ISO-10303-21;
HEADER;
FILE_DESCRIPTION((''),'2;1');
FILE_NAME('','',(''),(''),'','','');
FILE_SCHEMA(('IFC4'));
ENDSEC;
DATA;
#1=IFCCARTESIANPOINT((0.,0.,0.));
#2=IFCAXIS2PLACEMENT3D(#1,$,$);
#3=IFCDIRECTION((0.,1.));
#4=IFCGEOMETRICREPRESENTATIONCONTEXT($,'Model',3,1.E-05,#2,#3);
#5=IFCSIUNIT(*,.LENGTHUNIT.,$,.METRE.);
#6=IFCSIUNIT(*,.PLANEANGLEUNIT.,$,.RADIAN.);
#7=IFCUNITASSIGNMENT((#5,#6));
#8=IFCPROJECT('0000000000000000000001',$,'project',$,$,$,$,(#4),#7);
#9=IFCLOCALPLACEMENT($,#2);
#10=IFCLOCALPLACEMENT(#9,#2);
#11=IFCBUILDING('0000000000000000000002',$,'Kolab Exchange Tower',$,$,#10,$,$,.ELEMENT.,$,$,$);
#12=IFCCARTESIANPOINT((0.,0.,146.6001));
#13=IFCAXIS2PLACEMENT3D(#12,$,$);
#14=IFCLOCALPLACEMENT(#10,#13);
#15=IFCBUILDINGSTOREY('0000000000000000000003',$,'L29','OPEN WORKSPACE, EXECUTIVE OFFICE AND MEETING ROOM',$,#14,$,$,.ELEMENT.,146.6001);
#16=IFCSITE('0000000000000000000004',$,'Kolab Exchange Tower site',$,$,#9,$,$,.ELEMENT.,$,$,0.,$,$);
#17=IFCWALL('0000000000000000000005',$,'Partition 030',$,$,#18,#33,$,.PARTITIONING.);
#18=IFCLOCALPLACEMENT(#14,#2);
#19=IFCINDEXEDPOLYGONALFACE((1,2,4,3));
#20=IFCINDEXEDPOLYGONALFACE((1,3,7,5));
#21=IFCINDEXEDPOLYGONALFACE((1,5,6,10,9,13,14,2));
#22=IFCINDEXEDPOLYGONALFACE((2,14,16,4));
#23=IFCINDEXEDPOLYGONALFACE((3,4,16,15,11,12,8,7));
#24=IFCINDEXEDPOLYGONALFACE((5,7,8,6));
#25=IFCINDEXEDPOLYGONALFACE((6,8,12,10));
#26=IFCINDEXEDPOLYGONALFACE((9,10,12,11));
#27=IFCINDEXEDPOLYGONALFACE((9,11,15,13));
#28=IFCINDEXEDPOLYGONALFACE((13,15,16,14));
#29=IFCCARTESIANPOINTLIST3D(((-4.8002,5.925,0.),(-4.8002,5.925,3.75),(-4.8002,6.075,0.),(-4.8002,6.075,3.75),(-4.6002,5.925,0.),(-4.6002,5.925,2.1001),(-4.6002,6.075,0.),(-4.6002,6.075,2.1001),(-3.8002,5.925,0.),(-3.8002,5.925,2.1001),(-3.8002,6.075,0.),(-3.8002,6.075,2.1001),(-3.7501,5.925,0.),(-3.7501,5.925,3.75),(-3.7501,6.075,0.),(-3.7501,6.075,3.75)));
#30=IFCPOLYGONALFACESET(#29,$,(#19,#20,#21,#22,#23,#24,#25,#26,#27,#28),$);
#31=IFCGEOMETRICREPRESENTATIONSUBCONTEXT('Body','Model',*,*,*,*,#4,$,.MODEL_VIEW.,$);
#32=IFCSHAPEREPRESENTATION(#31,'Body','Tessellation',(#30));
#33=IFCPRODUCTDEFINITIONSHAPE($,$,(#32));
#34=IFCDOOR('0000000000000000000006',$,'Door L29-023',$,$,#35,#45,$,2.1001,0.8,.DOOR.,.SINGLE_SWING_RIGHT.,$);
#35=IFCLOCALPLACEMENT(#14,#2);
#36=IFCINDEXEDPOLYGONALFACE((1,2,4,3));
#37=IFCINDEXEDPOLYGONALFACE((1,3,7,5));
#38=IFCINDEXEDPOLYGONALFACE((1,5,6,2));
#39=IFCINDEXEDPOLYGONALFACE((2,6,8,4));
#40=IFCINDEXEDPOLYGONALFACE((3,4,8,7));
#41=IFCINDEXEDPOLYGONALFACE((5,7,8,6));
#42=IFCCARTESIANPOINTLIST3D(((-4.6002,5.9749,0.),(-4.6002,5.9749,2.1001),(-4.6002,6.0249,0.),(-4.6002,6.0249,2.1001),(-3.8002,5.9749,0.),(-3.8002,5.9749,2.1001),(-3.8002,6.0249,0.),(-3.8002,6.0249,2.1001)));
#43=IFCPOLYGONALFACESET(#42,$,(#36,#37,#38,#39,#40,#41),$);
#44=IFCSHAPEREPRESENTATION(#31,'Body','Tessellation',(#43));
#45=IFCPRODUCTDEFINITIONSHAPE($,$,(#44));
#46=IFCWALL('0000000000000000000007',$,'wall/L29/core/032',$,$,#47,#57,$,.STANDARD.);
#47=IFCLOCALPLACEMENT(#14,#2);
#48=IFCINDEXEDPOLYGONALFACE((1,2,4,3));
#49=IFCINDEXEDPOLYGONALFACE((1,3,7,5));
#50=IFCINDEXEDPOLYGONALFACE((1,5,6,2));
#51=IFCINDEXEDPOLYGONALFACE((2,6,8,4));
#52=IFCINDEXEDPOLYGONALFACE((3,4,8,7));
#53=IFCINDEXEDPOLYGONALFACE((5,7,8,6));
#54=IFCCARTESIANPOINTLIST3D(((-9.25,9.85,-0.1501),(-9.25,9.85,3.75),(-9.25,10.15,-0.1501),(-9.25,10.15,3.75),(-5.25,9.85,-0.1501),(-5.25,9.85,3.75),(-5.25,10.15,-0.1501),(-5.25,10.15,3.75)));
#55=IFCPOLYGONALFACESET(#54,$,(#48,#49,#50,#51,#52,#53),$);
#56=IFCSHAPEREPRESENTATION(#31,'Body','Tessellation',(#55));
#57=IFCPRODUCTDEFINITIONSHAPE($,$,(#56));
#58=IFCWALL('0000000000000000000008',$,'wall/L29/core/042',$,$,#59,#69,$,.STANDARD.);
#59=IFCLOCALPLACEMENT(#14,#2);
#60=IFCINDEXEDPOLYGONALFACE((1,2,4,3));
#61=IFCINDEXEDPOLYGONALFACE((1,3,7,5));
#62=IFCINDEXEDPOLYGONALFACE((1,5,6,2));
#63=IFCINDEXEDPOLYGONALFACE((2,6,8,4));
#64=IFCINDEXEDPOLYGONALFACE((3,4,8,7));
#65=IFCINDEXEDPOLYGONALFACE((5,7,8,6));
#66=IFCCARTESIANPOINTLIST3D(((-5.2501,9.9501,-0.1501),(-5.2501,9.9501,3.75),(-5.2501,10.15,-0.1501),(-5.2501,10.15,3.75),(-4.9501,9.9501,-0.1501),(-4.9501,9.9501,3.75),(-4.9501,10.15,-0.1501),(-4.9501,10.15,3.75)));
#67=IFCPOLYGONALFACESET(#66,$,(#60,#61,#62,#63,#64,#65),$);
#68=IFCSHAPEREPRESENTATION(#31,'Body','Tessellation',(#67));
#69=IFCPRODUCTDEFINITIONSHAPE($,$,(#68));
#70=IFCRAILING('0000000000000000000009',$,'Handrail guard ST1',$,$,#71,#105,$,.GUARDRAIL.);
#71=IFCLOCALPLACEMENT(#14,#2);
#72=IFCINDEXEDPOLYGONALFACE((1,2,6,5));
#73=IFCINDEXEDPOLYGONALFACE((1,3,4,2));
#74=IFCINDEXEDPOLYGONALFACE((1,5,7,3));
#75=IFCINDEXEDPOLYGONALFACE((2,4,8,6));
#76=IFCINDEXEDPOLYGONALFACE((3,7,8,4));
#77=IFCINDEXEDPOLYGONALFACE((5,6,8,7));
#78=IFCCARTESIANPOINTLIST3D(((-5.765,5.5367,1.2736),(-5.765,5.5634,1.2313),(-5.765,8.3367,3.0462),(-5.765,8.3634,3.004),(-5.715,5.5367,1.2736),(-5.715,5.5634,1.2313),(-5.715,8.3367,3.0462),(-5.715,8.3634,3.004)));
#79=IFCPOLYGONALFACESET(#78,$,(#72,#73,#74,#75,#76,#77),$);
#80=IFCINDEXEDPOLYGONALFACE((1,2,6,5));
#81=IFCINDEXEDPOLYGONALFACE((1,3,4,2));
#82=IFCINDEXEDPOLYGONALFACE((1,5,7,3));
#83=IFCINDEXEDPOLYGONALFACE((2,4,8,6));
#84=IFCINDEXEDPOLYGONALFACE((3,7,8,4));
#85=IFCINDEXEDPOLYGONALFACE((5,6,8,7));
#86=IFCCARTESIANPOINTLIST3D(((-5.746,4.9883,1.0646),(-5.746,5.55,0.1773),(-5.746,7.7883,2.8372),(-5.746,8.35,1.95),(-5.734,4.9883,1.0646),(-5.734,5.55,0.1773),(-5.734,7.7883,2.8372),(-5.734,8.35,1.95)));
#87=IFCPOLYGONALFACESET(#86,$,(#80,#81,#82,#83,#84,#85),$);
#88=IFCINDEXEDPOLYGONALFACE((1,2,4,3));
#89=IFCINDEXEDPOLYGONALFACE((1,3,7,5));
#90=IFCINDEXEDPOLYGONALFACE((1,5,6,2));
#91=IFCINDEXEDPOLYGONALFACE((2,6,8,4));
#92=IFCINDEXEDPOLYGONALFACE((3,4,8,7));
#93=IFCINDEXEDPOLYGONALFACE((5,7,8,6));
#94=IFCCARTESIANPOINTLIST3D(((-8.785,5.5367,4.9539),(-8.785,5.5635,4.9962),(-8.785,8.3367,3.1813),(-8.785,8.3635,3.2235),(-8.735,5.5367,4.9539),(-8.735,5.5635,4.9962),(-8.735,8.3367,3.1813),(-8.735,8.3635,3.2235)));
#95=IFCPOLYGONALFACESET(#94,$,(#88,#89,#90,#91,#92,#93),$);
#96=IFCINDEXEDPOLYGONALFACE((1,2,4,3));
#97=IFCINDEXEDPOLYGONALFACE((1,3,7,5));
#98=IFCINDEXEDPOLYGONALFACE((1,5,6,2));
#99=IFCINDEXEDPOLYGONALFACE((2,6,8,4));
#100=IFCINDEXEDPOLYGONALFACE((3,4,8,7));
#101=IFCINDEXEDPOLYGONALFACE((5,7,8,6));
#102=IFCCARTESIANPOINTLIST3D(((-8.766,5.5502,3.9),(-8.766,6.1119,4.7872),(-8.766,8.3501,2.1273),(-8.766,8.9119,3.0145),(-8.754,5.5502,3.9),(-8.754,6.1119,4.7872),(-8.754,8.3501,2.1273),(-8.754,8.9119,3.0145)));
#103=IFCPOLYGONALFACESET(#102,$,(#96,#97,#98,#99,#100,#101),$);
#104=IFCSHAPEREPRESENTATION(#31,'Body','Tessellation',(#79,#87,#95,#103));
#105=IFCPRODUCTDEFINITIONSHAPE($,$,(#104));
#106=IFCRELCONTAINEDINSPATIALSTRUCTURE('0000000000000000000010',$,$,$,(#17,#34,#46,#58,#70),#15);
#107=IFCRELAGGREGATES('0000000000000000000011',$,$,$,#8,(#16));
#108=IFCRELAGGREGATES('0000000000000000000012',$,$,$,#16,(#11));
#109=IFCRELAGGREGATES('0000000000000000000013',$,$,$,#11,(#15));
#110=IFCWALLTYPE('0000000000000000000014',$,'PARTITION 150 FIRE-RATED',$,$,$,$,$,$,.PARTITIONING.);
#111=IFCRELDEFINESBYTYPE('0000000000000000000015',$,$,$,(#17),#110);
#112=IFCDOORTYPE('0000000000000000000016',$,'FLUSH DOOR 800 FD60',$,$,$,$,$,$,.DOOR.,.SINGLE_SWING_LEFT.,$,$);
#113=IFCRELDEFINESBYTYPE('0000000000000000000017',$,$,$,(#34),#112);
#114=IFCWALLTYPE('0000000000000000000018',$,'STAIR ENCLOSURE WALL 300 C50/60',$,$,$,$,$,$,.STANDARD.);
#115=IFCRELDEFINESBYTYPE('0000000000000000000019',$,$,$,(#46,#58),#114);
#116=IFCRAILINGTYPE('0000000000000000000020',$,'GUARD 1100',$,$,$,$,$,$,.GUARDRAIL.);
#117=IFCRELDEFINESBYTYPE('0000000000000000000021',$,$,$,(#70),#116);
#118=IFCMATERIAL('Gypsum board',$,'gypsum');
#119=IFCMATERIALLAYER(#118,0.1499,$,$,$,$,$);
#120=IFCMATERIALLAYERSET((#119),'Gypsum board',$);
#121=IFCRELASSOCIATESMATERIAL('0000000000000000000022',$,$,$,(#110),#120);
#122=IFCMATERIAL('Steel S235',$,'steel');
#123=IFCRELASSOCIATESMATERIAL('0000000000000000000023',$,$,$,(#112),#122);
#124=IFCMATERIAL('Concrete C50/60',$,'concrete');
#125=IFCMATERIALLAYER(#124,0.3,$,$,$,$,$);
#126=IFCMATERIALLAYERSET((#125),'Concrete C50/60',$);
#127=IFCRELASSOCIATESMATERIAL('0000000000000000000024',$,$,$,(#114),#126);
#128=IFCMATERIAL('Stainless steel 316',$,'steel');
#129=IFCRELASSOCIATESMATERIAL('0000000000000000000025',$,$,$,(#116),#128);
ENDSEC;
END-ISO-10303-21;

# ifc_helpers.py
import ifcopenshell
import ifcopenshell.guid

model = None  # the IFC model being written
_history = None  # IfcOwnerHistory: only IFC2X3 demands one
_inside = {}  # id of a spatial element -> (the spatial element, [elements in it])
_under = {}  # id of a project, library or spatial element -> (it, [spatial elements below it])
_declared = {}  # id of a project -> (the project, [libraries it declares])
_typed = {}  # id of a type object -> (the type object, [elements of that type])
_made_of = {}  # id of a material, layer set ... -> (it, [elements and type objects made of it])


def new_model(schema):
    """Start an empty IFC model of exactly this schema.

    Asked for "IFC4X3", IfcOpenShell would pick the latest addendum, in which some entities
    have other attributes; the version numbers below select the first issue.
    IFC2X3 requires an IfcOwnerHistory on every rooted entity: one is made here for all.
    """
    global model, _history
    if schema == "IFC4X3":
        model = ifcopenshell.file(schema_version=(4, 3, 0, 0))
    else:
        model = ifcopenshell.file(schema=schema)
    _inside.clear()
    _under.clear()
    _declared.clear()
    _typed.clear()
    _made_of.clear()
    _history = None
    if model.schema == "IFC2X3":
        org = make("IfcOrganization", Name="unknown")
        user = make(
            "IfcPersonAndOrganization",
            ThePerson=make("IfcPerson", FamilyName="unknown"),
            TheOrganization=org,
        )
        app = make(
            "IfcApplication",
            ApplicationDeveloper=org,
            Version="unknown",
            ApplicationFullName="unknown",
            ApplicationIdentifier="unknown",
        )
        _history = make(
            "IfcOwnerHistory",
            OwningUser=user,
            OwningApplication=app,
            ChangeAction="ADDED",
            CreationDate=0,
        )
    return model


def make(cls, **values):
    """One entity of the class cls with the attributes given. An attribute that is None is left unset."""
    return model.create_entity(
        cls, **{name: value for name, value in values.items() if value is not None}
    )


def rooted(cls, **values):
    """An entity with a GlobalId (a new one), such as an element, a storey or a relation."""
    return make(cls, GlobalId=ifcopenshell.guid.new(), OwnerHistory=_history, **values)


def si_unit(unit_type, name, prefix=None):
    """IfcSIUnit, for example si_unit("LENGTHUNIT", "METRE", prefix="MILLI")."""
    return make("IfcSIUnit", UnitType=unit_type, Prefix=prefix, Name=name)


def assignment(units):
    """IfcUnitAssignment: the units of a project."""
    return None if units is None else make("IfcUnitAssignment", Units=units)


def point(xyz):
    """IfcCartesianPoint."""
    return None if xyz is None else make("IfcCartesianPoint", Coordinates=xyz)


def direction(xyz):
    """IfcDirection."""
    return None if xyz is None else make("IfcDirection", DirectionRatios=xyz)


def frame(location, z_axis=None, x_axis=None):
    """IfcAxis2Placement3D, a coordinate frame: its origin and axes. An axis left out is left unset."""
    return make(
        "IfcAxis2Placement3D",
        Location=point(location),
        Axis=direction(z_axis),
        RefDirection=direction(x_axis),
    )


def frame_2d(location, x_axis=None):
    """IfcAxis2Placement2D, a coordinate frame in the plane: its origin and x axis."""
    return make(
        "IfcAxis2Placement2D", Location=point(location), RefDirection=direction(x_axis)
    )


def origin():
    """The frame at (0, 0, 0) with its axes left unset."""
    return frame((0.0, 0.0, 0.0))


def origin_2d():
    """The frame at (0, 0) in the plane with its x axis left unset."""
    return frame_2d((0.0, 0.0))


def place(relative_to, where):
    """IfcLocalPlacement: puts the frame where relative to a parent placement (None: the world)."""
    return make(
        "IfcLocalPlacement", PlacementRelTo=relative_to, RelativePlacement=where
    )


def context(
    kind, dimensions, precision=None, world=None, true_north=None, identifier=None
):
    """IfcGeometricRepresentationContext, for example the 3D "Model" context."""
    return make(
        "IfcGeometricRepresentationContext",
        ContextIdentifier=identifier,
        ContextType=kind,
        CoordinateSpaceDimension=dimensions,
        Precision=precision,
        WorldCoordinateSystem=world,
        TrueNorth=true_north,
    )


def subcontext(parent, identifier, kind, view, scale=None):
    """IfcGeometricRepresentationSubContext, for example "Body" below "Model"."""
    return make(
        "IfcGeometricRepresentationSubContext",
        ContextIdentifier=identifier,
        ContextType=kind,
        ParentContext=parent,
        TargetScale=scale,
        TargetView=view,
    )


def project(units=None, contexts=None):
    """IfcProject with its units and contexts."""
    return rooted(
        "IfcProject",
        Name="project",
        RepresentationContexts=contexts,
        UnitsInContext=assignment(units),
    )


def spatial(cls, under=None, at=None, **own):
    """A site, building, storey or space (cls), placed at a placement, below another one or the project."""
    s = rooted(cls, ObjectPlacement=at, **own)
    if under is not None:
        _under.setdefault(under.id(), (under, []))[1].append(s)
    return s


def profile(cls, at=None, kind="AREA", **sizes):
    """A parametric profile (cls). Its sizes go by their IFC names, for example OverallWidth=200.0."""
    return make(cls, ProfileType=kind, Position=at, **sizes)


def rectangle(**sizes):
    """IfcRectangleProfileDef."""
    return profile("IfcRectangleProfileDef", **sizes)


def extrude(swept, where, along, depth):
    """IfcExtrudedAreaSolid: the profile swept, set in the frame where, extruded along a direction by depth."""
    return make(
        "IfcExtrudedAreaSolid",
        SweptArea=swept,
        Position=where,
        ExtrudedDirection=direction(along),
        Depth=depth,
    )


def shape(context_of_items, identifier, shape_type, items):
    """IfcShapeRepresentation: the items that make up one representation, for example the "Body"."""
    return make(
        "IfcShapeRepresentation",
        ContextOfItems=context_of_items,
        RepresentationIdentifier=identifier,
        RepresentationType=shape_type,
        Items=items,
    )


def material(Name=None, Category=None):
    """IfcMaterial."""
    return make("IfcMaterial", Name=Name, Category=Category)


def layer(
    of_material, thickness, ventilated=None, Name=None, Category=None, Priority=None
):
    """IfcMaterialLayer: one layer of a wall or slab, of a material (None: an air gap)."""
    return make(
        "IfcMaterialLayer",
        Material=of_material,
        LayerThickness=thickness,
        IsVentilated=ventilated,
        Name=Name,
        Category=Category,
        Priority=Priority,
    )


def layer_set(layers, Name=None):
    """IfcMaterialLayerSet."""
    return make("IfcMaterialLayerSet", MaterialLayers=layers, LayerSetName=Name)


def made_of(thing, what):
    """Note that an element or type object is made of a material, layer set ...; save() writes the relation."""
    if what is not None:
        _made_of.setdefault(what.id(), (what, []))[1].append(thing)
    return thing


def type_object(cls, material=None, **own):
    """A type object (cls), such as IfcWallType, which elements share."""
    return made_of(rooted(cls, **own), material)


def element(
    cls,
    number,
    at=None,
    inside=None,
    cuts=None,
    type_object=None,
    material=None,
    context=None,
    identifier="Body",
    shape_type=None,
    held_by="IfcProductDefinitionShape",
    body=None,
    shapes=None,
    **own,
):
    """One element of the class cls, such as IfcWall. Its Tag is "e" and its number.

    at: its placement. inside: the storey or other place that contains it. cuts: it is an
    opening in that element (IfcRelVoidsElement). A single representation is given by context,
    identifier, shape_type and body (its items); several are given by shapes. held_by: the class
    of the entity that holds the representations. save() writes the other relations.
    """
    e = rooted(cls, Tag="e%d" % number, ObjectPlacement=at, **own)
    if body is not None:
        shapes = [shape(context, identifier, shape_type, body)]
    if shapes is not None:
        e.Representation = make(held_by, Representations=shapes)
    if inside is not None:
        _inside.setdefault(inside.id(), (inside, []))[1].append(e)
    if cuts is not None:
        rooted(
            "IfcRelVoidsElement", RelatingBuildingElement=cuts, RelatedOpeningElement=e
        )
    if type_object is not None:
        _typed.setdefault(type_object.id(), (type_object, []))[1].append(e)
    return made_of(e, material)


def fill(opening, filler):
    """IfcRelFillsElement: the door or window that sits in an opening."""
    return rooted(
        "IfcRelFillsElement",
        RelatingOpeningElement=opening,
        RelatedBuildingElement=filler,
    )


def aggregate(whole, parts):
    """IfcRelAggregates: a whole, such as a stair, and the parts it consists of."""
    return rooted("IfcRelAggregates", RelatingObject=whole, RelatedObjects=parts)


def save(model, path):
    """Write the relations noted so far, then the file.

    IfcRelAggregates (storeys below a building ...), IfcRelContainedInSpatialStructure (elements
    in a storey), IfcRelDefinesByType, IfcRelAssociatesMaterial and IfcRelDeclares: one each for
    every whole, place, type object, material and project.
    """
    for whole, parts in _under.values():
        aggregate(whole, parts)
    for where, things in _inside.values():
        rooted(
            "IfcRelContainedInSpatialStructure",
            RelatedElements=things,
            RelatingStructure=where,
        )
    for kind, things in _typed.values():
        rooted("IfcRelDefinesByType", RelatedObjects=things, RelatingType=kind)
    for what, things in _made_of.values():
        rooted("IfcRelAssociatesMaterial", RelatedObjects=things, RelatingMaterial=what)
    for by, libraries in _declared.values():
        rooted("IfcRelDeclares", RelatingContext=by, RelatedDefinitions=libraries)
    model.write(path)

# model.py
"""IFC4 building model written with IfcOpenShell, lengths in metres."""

from ifc_helpers import new_model, si_unit, direction, frame, frame_2d, origin, origin_2d, place, context, subcontext, project, spatial, rectangle, extrude, material, layer, layer_set, type_object, element, fill, save


model = new_model("IFC4")

# Units and contexts
model_context = context("Model", 3, precision=1e-05, world=origin(), true_north=direction((0.0, 1.0)))
body_context = subcontext(model_context, "Body", "Model", "MODEL_VIEW")
ifc_project = project(units=[si_unit("LENGTHUNIT", "METRE"), si_unit("PLANEANGLEUNIT", "RADIAN")], contexts=[model_context])

# Site, building, storey
site_placement = place(None, origin())
site = spatial("IfcSite", under=ifc_project, at=site_placement, Name="Kolab Exchange Tower site", CompositionType="ELEMENT", RefElevation=0.0)
building_placement = place(site_placement, origin())
building = spatial("IfcBuilding", under=site, at=building_placement, Name="Kolab Exchange Tower", CompositionType="ELEMENT")
storey_placement = place(building_placement, frame((0.0, 0.0, 146.6001)))
storey = spatial("IfcBuildingStorey", under=building, at=storey_placement, Name="L29", Description="OPEN WORKSPACE, EXECUTIVE OFFICE AND MEETING ROOM", CompositionType="ELEMENT", Elevation=146.6001)

# Shared definitions
ifc_material_1 = material(Name="Steel S235", Category="steel")
ifc_material_2 = material(Name="Concrete C50/60", Category="concrete")
ifc_material_3 = material(Name="Stainless steel 316", Category="steel")

# Shared definitions
ifc_material_4 = material(Name="Gypsum board", Category="gypsum")
ifc_layer_1 = layer(ifc_material_4, 0.1499)
ifc_layer_set_1 = layer_set([ifc_layer_1], Name="Gypsum board")
wall_type_1 = type_object("IfcWallType", Name="PARTITION 150 FIRE-RATED", PredefinedType="PARTITIONING", material=ifc_layer_set_1)

# Wall, opening, door
wall_1_placement = place(storey_placement, frame((-4.8, 6.0, 0.0), z_axis=(0.0, 0.0, 1.0), x_axis=(1.0, 0.0, 0.0)))
wall_1 = element("IfcWall", 1, at=wall_1_placement, inside=storey, type_object=wall_type_1, Name="Partition 030", PredefinedType="PARTITIONING", context=body_context, shape_type="SweptSolid", body=[
    extrude(rectangle(XDim=1.05, YDim=0.1499, at=frame_2d((0.5249, 0.0))), origin(), (0.0, 0.0, 1.0), 3.75),
])
opening_1_placement = place(wall_1_placement, frame((0.2, 0.0, 0.0)))
opening_1 = element("IfcOpeningElement", 2, at=opening_1_placement, cuts=wall_1, PredefinedType="OPENING", context=body_context, shape_type="SweptSolid", body=[
    extrude(rectangle(XDim=0.8, YDim=2.1001, at=frame_2d((0.3999, 1.05))), frame((0.0, 0.085, 0.0), z_axis=(0.0, -1.0, 0.0), x_axis=(1.0, 0.0, 0.0)), (0.0, 0.0, 1.0), 0.1699),
])
door_type_1 = type_object("IfcDoorType", Name="FLUSH DOOR 800 FD60", OperationType="SINGLE_SWING_LEFT", PredefinedType="DOOR", material=ifc_material_1)
door_1_placement = place(opening_1_placement, origin())
door_1 = element("IfcDoor", 3, at=door_1_placement, inside=storey, type_object=door_type_1, Name="Door L29-023", OperationType="SINGLE_SWING_RIGHT", OverallHeight=2.1001, OverallWidth=0.8, PredefinedType="DOOR", context=body_context, shape_type="SweptSolid", body=[
    extrude(rectangle(XDim=0.8, YDim=2.1001, at=frame_2d((0.3999, 1.05))), frame((0.0, 0.0249, 0.0), z_axis=(0.0, -1.0, 0.0), x_axis=(1.0, 0.0, 0.0)), (0.0, 0.0, 1.0), 0.05),
])
fill(opening_1, door_1)

# Walls
ifc_layer_2 = layer(ifc_material_2, 0.3)
ifc_layer_set_2 = layer_set([ifc_layer_2], Name="Concrete C50/60")
wall_type_2 = type_object("IfcWallType", Name="STAIR ENCLOSURE WALL 300 C50/60", PredefinedType="STANDARD", material=ifc_layer_set_2)
wall_2_placement = place(storey_placement, frame((-9.25, 10.0, -0.1501), z_axis=(0.0, 0.0, 1.0), x_axis=(1.0, 0.0, 0.0)))
element("IfcWall", 4, at=wall_2_placement, inside=storey, type_object=wall_type_2, Name="wall/L29/core/032", PredefinedType="STANDARD", context=body_context, shape_type="SweptSolid", body=[
    extrude(rectangle(XDim=4.0, YDim=0.3, at=frame_2d((2.0, 0.0))), origin(), (0.0, 0.0, 1.0), 3.9001),
])
wall_3_placement = place(storey_placement, frame((-5.1001, 9.95, -0.1501), z_axis=(0.0, 0.0, 1.0), x_axis=(0.0, 1.0, 0.0)))
element("IfcWall", 5, at=wall_3_placement, inside=storey, type_object=wall_type_2, Name="wall/L29/core/042", PredefinedType="STANDARD", context=body_context, shape_type="SweptSolid", body=[
    extrude(rectangle(XDim=0.2, YDim=0.3, at=frame_2d((0.1001, 0.0))), origin(), (0.0, 0.0, 1.0), 3.9001),
])

# Railing
railing_type = type_object("IfcRailingType", Name="GUARD 1100", PredefinedType="GUARDRAIL", material=ifc_material_3)
railing_placement = place(storey_placement, frame((-5.74, 5.55, 0.1772)))
element("IfcRailing", 6, at=railing_placement, inside=storey, type_object=railing_type, Name="Handrail guard ST1", PredefinedType="GUARDRAIL", context=body_context, shape_type="SweptSolid", body=[
    extrude(rectangle(XDim=0.05, YDim=0.05, at=origin_2d()), frame((0.0, 0.0, 1.0752), z_axis=(0.0, 0.844909, 0.53491), x_axis=(-1.0, 0.0, 0.0)), (0.0, 0.0, 1.0), 3.314),
    extrude(rectangle(XDim=0.012, YDim=1.0501, at=frame_2d((0.0, 0.5251))), frame((0.0, 0.0, 0.0), z_axis=(0.0, 0.844909, 0.53491), x_axis=(-1.0, 0.0, 0.0)), (0.0, 0.0, 1.0), 3.314),
    extrude(rectangle(XDim=0.05, YDim=0.05, at=origin_2d()), frame((-3.02, 2.8, 3.0251), z_axis=(0.0, -0.844909, 0.53491), x_axis=(1.0, 0.0, 0.0)), (0.0, 0.0, 1.0), 3.314),
    extrude(rectangle(XDim=0.012, YDim=1.0501, at=frame_2d((0.0, 0.5251))), frame((-3.02, 2.8, 1.95), z_axis=(0.0, -0.844909, 0.53491), x_axis=(1.0, 0.0, 0.0)), (0.0, 0.0, 1.0), 3.314),
])

save(model, "model.ifc")
